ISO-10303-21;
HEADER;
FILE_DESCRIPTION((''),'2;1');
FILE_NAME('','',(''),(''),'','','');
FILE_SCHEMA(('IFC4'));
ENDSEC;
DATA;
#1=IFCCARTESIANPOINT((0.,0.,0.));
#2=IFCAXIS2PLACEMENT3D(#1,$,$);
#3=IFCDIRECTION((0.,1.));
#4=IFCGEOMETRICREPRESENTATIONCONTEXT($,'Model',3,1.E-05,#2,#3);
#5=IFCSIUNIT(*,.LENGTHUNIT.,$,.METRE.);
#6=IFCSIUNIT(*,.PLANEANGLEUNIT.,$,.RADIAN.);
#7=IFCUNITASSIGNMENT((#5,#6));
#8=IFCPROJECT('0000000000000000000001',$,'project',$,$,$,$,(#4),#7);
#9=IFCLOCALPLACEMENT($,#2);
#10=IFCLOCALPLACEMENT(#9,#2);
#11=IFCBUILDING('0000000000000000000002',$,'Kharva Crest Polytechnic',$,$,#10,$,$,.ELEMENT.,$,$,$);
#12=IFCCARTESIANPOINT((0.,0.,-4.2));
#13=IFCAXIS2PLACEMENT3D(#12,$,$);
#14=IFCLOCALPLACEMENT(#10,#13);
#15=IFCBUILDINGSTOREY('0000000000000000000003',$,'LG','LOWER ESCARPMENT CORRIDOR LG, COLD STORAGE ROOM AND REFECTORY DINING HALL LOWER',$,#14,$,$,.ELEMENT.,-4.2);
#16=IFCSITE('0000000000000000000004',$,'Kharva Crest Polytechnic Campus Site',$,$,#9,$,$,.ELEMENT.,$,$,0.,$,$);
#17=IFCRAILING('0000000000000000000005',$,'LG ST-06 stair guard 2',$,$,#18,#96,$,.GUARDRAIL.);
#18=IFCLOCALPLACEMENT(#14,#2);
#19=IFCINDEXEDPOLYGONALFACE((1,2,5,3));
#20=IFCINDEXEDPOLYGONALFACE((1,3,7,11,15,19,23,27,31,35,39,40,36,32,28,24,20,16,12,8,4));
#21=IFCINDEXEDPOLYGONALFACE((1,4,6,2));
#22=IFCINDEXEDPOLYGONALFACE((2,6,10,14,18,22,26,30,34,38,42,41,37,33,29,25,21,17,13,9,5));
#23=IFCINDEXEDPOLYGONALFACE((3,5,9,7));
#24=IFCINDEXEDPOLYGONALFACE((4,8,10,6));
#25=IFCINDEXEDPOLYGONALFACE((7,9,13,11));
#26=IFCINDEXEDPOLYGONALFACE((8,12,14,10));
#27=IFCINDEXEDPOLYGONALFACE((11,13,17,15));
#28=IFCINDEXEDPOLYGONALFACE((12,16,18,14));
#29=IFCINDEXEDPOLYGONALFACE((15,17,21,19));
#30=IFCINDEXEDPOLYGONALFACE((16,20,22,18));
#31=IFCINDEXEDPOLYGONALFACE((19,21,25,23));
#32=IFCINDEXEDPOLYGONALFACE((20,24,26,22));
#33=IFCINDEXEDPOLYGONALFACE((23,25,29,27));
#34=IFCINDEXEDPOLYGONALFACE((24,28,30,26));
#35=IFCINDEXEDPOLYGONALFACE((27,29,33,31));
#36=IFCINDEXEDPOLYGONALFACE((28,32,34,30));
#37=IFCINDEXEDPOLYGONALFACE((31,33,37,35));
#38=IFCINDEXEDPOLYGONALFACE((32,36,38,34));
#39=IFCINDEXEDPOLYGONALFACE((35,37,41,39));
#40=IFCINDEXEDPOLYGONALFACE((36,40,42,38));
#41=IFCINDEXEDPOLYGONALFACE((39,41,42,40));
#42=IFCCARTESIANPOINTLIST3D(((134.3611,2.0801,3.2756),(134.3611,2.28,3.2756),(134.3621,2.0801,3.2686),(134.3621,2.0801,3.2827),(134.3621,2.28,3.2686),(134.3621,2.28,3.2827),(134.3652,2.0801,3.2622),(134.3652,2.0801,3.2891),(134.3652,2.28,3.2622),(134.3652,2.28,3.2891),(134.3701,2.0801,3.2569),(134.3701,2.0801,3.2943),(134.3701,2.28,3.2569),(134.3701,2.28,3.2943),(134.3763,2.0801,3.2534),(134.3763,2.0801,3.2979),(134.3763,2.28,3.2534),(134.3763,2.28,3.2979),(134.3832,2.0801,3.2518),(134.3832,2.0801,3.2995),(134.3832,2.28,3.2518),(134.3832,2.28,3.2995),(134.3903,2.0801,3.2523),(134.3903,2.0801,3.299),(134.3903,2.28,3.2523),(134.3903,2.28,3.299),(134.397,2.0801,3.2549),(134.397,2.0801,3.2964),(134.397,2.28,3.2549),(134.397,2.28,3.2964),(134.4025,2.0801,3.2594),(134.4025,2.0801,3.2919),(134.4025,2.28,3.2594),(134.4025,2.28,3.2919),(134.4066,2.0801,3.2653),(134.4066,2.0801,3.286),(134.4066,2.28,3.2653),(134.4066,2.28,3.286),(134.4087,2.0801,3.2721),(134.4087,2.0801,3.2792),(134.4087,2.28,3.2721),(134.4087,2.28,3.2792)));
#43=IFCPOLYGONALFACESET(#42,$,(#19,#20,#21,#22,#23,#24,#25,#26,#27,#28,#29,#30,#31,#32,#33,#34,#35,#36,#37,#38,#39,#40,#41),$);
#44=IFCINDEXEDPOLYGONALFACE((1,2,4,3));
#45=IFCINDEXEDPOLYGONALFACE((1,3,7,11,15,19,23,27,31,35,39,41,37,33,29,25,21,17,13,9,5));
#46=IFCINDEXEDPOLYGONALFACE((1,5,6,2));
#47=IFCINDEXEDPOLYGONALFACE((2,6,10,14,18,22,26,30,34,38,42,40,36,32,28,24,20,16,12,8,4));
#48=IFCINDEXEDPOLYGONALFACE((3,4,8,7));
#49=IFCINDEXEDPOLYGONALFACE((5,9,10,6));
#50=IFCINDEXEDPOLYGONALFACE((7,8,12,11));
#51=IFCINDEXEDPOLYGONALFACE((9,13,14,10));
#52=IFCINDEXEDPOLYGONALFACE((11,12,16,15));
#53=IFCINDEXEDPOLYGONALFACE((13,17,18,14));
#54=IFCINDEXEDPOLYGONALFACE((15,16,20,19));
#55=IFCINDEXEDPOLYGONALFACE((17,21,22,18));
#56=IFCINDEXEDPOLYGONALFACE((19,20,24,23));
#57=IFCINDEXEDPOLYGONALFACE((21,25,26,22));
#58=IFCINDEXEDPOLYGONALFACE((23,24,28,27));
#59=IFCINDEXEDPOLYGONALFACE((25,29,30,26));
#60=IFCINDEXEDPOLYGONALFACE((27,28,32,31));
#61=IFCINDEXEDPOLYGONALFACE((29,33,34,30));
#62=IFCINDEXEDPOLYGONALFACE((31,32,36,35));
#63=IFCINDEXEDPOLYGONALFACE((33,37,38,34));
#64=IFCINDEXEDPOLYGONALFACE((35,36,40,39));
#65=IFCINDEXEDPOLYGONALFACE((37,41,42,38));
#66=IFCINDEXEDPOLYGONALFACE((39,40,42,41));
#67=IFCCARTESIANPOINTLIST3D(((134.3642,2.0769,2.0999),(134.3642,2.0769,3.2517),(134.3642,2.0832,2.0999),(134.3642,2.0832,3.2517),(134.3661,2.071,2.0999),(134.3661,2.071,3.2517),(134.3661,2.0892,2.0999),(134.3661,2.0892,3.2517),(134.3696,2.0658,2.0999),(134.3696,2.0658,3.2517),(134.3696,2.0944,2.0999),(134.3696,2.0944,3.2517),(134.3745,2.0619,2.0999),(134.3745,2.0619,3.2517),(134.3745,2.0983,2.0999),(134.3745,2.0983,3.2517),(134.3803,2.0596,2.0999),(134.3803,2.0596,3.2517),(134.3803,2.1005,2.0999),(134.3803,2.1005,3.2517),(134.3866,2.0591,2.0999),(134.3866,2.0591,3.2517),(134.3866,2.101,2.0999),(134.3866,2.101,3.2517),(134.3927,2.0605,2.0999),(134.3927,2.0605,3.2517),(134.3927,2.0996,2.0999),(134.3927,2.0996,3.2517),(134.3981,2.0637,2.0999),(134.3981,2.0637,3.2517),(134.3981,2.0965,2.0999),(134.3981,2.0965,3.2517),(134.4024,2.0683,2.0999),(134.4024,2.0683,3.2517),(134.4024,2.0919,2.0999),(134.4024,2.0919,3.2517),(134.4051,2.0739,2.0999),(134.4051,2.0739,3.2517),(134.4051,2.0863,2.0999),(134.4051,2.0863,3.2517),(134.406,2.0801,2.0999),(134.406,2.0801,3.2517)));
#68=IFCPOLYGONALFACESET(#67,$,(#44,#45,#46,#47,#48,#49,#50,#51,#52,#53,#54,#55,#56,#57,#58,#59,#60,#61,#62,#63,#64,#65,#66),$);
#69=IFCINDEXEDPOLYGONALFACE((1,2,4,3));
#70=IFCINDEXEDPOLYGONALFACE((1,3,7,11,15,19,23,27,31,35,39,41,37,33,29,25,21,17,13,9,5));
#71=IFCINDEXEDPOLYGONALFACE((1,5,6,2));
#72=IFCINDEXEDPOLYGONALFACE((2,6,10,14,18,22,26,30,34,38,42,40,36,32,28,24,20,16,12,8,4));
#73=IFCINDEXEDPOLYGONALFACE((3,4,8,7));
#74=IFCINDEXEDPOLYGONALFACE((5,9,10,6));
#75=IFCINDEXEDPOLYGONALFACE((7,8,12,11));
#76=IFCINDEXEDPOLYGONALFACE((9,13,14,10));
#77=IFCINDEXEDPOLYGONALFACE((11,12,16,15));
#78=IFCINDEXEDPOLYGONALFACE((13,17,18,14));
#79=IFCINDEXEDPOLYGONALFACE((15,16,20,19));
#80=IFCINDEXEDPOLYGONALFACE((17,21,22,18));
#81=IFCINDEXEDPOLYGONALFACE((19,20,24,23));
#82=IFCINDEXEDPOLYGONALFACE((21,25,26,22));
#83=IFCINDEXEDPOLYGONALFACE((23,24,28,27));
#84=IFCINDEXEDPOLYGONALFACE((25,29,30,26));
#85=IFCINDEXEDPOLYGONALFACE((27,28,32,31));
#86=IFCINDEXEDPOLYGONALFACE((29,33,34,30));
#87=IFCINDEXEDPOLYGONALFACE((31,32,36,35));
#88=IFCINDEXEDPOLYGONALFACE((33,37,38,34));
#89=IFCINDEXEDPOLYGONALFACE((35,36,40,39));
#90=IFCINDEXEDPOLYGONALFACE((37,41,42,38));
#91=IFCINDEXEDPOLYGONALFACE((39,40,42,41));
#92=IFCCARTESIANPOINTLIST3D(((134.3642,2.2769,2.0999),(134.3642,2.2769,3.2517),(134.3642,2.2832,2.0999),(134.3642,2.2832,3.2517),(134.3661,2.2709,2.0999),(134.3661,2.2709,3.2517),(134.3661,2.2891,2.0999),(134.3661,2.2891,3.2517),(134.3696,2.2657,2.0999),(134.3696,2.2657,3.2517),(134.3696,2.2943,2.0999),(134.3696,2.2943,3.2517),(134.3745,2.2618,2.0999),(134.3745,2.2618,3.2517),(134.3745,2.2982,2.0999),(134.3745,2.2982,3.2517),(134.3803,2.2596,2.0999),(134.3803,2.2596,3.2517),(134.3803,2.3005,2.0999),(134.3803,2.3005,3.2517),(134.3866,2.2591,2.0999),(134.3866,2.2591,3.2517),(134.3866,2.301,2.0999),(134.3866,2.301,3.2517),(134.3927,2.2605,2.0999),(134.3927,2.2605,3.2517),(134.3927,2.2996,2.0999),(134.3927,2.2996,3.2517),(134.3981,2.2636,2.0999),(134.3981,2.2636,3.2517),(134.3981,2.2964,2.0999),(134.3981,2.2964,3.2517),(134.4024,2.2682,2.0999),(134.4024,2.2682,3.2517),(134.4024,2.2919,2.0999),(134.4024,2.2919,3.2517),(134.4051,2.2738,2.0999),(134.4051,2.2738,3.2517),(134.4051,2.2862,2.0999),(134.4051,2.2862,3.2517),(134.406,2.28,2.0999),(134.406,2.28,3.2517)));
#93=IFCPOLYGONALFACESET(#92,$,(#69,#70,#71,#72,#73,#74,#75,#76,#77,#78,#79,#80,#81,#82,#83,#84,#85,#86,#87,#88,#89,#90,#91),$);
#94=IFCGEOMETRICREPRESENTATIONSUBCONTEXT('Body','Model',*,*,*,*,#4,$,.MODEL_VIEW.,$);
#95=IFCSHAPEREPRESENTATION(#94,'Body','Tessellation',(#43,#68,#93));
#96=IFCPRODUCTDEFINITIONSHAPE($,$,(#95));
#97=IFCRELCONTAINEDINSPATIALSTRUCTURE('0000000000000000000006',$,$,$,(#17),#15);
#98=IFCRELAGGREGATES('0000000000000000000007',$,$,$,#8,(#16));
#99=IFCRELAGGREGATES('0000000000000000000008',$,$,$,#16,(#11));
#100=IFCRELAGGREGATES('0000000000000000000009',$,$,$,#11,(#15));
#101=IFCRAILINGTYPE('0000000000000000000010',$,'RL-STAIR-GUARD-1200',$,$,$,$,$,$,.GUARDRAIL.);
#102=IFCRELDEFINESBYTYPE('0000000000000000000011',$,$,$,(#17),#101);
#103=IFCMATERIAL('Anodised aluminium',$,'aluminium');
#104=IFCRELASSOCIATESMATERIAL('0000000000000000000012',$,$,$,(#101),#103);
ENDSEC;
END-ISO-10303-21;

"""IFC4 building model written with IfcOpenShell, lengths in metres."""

from ifc_helpers import new_model, si_unit, direction, frame, origin, origin_2d, place, context, subcontext, project, spatial, circle, extrude, material, type_object, element, save


model = new_model("IFC4")

# Units and contexts
model_context = context("Model", 3, precision=1e-05, world=origin(), true_north=direction((0.0, 1.0)))
body_context = subcontext(model_context, "Body", "Model", "MODEL_VIEW")
ifc_project = project(units=[si_unit("LENGTHUNIT", "METRE"), si_unit("PLANEANGLEUNIT", "RADIAN")], contexts=[model_context])

# Site, building, storey
site_placement = place(None, origin())
site = spatial("IfcSite", under=ifc_project, at=site_placement, Name="Kharva Crest Polytechnic Campus Site", CompositionType="ELEMENT", RefElevation=0.0)
building_placement = place(site_placement, origin())
building = spatial("IfcBuilding", under=site, at=building_placement, Name="Kharva Crest Polytechnic", CompositionType="ELEMENT")
storey_placement = place(building_placement, frame((0.0, 0.0, -4.2)))
storey = spatial("IfcBuildingStorey", under=building, at=storey_placement, Name="LG", Description="LOWER ESCARPMENT CORRIDOR LG, COLD STORAGE ROOM AND REFECTORY DINING HALL LOWER", CompositionType="ELEMENT", Elevation=-4.2)

# Shared definitions
ifc_material_1 = material(Name="Anodised aluminium", Category="aluminium")

# Railing
railing_type_1 = type_object("IfcRailingType", Name="RL-STAIR-GUARD-1200", PredefinedType="GUARDRAIL", material=ifc_material_1)
railing_1_placement = place(storey_placement, frame((134.385, 2.0801, 2.0999)))
element("IfcRailing", 1, at=railing_1_placement, inside=storey, type_object=railing_type_1, Name="LG ST-06 stair guard 2", PredefinedType="GUARDRAIL", context=body_context, shape_type="SweptSolid", body=[
    extrude(circle(Radius=0.0239, at=origin_2d()), frame((0.0, 0.0, 1.1758), z_axis=(0.0, 1.0, 0.0), x_axis=(-1.0, 0.0, 0.0)), (0.0, 0.0, 1.0), 0.2),
    extrude(circle(Radius=0.021, at=origin_2d()), origin(), (0.0, 0.0, 1.0), 1.1519),
    extrude(circle(Radius=0.021, at=origin_2d()), frame((0.0, 0.2, 0.0)), (0.0, 0.0, 1.0), 1.1519),
])

save(model, "model.ifc")
